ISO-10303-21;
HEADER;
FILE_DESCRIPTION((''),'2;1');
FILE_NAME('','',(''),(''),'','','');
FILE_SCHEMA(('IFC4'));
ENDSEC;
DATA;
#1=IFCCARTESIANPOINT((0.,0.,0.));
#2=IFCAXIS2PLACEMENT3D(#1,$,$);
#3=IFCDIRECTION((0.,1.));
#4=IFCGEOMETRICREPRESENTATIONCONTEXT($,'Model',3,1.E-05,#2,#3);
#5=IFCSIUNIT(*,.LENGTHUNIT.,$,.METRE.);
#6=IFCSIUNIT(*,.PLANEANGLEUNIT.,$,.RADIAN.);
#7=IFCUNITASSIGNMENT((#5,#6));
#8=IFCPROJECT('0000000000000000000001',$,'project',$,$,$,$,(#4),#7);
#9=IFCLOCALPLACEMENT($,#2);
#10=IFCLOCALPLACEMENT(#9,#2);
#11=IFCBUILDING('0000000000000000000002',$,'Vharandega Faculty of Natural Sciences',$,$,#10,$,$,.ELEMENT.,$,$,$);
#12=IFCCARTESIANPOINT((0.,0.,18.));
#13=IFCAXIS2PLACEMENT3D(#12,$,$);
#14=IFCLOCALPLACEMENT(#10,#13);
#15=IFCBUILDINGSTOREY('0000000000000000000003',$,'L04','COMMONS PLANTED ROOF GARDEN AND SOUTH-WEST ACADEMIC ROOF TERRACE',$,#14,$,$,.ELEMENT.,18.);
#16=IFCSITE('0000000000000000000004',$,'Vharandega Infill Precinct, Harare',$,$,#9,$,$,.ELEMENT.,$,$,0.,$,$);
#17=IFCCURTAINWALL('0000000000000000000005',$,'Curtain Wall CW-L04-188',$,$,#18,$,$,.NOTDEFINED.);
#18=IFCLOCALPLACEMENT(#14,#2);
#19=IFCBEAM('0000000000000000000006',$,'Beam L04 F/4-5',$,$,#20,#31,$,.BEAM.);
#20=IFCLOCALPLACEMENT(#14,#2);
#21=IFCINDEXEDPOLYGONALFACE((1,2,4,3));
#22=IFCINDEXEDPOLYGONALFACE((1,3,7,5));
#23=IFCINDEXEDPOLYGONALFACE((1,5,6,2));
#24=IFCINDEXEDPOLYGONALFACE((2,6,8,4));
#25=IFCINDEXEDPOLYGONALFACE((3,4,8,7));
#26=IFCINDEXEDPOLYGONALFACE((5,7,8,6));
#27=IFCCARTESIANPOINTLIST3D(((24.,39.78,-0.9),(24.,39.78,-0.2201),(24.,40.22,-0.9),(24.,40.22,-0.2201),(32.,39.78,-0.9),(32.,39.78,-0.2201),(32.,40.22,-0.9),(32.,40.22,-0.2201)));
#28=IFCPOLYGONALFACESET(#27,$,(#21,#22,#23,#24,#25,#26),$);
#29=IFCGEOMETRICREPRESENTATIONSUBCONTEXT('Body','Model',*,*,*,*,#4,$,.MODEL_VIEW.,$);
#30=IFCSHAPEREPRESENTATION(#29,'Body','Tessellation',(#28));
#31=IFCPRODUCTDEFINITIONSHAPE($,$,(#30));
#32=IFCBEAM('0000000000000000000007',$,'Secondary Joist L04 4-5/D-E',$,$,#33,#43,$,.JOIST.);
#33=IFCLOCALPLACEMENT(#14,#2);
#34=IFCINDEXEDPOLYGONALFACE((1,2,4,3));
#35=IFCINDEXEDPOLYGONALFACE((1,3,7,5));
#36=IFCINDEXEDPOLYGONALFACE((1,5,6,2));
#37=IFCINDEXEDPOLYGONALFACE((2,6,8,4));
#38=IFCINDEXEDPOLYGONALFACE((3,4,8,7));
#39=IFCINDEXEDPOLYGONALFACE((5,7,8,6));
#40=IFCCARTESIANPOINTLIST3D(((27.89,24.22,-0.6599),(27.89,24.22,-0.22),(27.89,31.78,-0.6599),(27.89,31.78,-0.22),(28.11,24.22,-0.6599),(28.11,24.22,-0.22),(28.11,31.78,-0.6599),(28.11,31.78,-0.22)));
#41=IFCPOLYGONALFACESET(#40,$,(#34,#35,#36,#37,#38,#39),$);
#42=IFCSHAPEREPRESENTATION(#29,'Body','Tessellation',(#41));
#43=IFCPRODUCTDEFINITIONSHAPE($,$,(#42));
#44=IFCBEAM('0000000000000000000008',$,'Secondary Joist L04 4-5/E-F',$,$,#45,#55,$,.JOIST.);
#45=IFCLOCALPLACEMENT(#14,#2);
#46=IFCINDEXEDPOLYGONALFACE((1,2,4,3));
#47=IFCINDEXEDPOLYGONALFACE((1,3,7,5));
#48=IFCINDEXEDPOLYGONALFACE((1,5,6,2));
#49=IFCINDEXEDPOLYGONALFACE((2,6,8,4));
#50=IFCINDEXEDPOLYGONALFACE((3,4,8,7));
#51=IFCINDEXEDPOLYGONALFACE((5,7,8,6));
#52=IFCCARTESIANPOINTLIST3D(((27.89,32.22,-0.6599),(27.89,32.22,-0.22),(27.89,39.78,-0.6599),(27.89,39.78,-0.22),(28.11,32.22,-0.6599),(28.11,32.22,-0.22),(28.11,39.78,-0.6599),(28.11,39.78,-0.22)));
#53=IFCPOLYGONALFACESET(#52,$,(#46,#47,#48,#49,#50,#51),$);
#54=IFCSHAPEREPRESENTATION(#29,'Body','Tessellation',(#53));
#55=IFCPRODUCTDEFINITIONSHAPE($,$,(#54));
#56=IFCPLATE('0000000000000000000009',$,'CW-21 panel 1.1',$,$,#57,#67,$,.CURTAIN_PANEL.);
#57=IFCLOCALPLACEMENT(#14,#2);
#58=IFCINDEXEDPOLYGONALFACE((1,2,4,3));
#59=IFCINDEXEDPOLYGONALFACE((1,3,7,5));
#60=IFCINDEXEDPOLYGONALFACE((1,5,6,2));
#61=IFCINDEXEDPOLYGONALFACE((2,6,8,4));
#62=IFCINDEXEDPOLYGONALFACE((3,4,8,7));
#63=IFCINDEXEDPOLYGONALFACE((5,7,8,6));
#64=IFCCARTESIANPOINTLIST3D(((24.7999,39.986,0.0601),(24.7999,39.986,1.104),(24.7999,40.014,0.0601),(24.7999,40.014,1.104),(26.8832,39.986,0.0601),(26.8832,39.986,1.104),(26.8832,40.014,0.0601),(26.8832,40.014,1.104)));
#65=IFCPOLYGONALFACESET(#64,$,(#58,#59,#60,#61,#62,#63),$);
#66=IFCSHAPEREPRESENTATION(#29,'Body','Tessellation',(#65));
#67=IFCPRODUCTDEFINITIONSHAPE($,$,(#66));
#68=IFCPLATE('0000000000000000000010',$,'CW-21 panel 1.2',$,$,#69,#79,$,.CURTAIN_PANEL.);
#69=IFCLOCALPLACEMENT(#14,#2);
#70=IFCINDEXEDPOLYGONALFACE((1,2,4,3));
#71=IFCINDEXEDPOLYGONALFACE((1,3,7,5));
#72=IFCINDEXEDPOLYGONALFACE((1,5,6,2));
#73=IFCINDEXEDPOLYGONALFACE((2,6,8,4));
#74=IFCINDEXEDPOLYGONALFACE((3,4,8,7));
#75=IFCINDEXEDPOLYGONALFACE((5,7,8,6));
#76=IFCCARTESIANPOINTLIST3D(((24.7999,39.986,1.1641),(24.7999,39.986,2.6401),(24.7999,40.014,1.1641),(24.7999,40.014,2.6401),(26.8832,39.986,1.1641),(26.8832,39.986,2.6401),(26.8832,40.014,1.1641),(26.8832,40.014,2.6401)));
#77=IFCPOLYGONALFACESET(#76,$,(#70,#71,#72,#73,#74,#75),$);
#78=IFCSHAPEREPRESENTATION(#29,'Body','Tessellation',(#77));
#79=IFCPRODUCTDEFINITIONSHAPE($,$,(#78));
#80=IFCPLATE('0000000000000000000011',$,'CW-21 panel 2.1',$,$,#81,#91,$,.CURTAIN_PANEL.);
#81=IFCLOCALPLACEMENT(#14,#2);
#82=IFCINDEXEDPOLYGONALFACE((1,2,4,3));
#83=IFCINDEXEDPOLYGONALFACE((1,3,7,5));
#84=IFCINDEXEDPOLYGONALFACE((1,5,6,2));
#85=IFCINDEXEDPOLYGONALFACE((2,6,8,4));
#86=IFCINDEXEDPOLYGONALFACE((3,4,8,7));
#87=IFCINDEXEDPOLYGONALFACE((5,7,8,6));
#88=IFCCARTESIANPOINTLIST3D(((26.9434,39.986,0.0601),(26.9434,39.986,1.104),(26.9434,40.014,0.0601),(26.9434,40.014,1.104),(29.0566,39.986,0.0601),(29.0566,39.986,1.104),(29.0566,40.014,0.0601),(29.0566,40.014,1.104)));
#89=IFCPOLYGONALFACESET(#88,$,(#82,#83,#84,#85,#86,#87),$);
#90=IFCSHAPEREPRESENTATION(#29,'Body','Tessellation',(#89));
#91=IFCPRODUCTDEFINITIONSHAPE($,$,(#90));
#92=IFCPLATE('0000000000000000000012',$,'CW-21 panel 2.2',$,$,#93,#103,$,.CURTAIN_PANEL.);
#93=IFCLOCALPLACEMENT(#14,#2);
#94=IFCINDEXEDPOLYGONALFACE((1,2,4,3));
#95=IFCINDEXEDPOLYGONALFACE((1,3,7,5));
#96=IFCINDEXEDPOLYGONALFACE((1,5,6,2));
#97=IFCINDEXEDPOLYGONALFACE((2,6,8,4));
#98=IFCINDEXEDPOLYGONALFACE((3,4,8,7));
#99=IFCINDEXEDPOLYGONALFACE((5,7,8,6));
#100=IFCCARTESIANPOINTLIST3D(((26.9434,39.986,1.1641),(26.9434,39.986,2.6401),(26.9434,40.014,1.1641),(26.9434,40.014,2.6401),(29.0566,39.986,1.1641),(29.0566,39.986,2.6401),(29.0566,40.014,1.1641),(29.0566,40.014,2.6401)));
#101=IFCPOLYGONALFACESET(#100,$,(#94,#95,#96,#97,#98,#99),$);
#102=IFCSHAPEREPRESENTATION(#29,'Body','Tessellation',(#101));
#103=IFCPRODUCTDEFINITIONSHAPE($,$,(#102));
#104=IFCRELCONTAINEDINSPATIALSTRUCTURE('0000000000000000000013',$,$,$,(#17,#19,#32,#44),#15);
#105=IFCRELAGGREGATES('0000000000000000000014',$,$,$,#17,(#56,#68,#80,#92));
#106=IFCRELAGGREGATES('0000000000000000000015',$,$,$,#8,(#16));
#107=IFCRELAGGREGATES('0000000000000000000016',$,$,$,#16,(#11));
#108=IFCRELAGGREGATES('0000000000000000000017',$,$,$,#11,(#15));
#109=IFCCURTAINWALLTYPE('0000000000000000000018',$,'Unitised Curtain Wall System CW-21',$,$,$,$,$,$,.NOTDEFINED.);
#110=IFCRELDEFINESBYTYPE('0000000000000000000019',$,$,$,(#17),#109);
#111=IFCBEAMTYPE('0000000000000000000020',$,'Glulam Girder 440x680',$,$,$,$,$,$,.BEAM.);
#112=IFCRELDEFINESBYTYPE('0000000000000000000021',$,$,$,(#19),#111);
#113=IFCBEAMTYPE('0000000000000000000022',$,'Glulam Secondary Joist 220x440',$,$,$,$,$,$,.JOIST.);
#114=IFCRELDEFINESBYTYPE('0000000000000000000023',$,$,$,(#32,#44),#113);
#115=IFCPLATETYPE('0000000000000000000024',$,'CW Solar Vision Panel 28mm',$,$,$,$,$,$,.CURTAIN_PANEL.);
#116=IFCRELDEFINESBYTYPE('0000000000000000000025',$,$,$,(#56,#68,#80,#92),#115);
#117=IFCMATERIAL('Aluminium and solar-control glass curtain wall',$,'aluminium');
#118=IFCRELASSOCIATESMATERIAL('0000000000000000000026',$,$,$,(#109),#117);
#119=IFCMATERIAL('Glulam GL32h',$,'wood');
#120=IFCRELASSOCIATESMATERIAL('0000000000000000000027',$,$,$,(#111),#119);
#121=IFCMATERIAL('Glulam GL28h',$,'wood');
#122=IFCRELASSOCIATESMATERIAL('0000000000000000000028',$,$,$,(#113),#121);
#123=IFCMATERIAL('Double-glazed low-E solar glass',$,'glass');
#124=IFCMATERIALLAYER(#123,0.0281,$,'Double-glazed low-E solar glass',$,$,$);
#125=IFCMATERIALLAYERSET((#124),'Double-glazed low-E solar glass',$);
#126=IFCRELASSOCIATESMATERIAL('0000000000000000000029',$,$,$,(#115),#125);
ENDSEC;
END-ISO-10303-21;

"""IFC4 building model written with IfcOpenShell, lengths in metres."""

from ifc_helpers import new_model, si_unit, direction, frame, origin, origin_2d, place, context, subcontext, project, spatial, rectangle, extrude, material, layer, layer_set, material_profile, profile_set, type_object, element, aggregate, save


model = new_model("IFC4")

# Units and contexts
model_context = context("Model", 3, precision=1e-05, world=origin(), true_north=direction((0.0, 1.0)))
body_context = subcontext(model_context, "Body", "Model", "MODEL_VIEW")
ifc_project = project(units=[si_unit("LENGTHUNIT", "METRE"), si_unit("PLANEANGLEUNIT", "RADIAN")], contexts=[model_context])

# Site, building, storey
site_placement = place(None, origin())
site = spatial("IfcSite", under=ifc_project, at=site_placement, Name="Vharandega Infill Precinct, Harare", CompositionType="ELEMENT", RefElevation=0.0)
building_placement = place(site_placement, origin())
building = spatial("IfcBuilding", under=site, at=building_placement, Name="Vharandega Faculty of Natural Sciences", CompositionType="ELEMENT")
storey_placement = place(building_placement, frame((0.0, 0.0, 18.0)))
storey = spatial("IfcBuildingStorey", under=building, at=storey_placement, Name="L04", Description="COMMONS PLANTED ROOF GARDEN AND SOUTH-WEST ACADEMIC ROOF TERRACE", CompositionType="ELEMENT", Elevation=18.0)

# Curtain wall
ifc_material_1 = material(Name="Aluminium and solar-control glass curtain wall", Category="aluminium")
curtain_wall_type_1 = type_object("IfcCurtainWallType", Name="Unitised Curtain Wall System CW-21", PredefinedType="NOTDEFINED", material=ifc_material_1)
curtain_wall_1_placement = place(storey_placement, origin())
curtain_wall_1 = element("IfcCurtainWall", 1, at=curtain_wall_1_placement, inside=storey, type_object=curtain_wall_type_1, Name="Curtain Wall CW-L04-188", PredefinedType="NOTDEFINED")

# Beams
ifc_material_2 = material(Name="Glulam GL32h", Category="wood")
ifc_material_profile_1 = material_profile(ifc_material_2, rectangle(XDim=0.4399, YDim=0.6799, at=origin_2d()), Name="GL32h 440x680")
ifc_profile_set_1 = profile_set([ifc_material_profile_1], Name="Glulam GL32h")
beam_type_1 = type_object("IfcBeamType", Name="Glulam Girder 440x680", PredefinedType="BEAM", material=ifc_profile_set_1)
beam_placement = place(storey_placement, frame((24.0, 40.0, -0.5601), z_axis=(1.0, 0.0, 0.0), x_axis=(0.0, 1.0, 0.0)))
element("IfcBeam", 2, at=beam_placement, inside=storey, type_object=beam_type_1, Name="Beam L04 F/4-5", PredefinedType="BEAM", context=body_context, shape_type="SweptSolid", body=[
    extrude(rectangle(XDim=0.4399, YDim=0.6799, at=origin_2d()), origin(), (0.0, 0.0, 1.0), 8.0),
])
ifc_material_3 = material(Name="Glulam GL28h", Category="wood")
ifc_material_profile_2 = material_profile(ifc_material_3, rectangle(XDim=0.22, YDim=0.4399, at=origin_2d()), Name="GL28h 220x440")
ifc_profile_set_2 = profile_set([ifc_material_profile_2], Name="Glulam GL28h")
beam_type_2 = type_object("IfcBeamType", Name="Glulam Secondary Joist 220x440", PredefinedType="JOIST", material=ifc_profile_set_2)
for number, where, z_axis, x_axis, name in (
    (3, (28.0, 24.22, -0.4399), (0.0, 1.0, 0.0), (-1.0, 0.0, 0.0), "Secondary Joist L04 4-5/D-E"),
    (4, (28.0, 32.22, -0.4399), (0.0, 1.0, 0.0), (-1.0, 0.0, 0.0), "Secondary Joist L04 4-5/E-F"),
):
    element("IfcBeam", number, at=place(storey_placement, frame(where, z_axis=z_axis, x_axis=x_axis)), inside=storey, type_object=beam_type_2, Name=name, PredefinedType="JOIST", context=body_context, shape_type="SweptSolid", body=[
        extrude(rectangle(XDim=0.22, YDim=0.4399, at=origin_2d()), origin(), (0.0, 0.0, 1.0), 7.5601),
    ])

# Plates
ifc_material_4 = material(Name="Double-glazed low-E solar glass", Category="glass")
ifc_layer = layer(ifc_material_4, 0.0281, Name="Double-glazed low-E solar glass")
ifc_layer_set = layer_set([ifc_layer], Name="Double-glazed low-E solar glass")
plate_type = type_object("IfcPlateType", Name="CW Solar Vision Panel 28mm", PredefinedType="CURTAIN_PANEL", material=ifc_layer_set)
plate_1_placement = place(storey_placement, frame((25.8416, 40.0, 0.0601), z_axis=(0.0, 0.0, 1.0), x_axis=(1.0, 0.0, 0.0)))
plate_1 = element("IfcPlate", 5, at=plate_1_placement, type_object=plate_type, Name="CW-21 panel 1.1", PredefinedType="CURTAIN_PANEL", context=body_context, shape_type="SweptSolid", body=[
    extrude(rectangle(XDim=2.0833, YDim=0.0281, at=origin_2d()), origin(), (0.0, 0.0, 1.0), 1.0439),
])
plate_2_placement = place(storey_placement, frame((25.8416, 40.0, 1.1641), z_axis=(0.0, 0.0, 1.0), x_axis=(1.0, 0.0, 0.0)))
plate_2 = element("IfcPlate", 6, at=plate_2_placement, type_object=plate_type, Name="CW-21 panel 1.2", PredefinedType="CURTAIN_PANEL", context=body_context, shape_type="SweptSolid", body=[
    extrude(rectangle(XDim=2.0833, YDim=0.0281, at=origin_2d()), origin(), (0.0, 0.0, 1.0), 1.4761),
])
plate_3_placement = place(storey_placement, frame((28.0, 40.0, 0.0601), z_axis=(0.0, 0.0, 1.0), x_axis=(1.0, 0.0, 0.0)))
plate_3 = element("IfcPlate", 7, at=plate_3_placement, type_object=plate_type, Name="CW-21 panel 2.1", PredefinedType="CURTAIN_PANEL", context=body_context, shape_type="SweptSolid", body=[
    extrude(rectangle(XDim=2.1133, YDim=0.0281, at=origin_2d()), origin(), (0.0, 0.0, 1.0), 1.0439),
])
plate_4_placement = place(storey_placement, frame((28.0, 40.0, 1.1641), z_axis=(0.0, 0.0, 1.0), x_axis=(1.0, 0.0, 0.0)))
plate_4 = element("IfcPlate", 8, at=plate_4_placement, type_object=plate_type, Name="CW-21 panel 2.2", PredefinedType="CURTAIN_PANEL", context=body_context, shape_type="SweptSolid", body=[
    extrude(rectangle(XDim=2.1133, YDim=0.0281, at=origin_2d()), origin(), (0.0, 0.0, 1.0), 1.4761),
])
aggregate(curtain_wall_1, [plate_1, plate_2, plate_3, plate_4])

save(model, "model.ifc")
